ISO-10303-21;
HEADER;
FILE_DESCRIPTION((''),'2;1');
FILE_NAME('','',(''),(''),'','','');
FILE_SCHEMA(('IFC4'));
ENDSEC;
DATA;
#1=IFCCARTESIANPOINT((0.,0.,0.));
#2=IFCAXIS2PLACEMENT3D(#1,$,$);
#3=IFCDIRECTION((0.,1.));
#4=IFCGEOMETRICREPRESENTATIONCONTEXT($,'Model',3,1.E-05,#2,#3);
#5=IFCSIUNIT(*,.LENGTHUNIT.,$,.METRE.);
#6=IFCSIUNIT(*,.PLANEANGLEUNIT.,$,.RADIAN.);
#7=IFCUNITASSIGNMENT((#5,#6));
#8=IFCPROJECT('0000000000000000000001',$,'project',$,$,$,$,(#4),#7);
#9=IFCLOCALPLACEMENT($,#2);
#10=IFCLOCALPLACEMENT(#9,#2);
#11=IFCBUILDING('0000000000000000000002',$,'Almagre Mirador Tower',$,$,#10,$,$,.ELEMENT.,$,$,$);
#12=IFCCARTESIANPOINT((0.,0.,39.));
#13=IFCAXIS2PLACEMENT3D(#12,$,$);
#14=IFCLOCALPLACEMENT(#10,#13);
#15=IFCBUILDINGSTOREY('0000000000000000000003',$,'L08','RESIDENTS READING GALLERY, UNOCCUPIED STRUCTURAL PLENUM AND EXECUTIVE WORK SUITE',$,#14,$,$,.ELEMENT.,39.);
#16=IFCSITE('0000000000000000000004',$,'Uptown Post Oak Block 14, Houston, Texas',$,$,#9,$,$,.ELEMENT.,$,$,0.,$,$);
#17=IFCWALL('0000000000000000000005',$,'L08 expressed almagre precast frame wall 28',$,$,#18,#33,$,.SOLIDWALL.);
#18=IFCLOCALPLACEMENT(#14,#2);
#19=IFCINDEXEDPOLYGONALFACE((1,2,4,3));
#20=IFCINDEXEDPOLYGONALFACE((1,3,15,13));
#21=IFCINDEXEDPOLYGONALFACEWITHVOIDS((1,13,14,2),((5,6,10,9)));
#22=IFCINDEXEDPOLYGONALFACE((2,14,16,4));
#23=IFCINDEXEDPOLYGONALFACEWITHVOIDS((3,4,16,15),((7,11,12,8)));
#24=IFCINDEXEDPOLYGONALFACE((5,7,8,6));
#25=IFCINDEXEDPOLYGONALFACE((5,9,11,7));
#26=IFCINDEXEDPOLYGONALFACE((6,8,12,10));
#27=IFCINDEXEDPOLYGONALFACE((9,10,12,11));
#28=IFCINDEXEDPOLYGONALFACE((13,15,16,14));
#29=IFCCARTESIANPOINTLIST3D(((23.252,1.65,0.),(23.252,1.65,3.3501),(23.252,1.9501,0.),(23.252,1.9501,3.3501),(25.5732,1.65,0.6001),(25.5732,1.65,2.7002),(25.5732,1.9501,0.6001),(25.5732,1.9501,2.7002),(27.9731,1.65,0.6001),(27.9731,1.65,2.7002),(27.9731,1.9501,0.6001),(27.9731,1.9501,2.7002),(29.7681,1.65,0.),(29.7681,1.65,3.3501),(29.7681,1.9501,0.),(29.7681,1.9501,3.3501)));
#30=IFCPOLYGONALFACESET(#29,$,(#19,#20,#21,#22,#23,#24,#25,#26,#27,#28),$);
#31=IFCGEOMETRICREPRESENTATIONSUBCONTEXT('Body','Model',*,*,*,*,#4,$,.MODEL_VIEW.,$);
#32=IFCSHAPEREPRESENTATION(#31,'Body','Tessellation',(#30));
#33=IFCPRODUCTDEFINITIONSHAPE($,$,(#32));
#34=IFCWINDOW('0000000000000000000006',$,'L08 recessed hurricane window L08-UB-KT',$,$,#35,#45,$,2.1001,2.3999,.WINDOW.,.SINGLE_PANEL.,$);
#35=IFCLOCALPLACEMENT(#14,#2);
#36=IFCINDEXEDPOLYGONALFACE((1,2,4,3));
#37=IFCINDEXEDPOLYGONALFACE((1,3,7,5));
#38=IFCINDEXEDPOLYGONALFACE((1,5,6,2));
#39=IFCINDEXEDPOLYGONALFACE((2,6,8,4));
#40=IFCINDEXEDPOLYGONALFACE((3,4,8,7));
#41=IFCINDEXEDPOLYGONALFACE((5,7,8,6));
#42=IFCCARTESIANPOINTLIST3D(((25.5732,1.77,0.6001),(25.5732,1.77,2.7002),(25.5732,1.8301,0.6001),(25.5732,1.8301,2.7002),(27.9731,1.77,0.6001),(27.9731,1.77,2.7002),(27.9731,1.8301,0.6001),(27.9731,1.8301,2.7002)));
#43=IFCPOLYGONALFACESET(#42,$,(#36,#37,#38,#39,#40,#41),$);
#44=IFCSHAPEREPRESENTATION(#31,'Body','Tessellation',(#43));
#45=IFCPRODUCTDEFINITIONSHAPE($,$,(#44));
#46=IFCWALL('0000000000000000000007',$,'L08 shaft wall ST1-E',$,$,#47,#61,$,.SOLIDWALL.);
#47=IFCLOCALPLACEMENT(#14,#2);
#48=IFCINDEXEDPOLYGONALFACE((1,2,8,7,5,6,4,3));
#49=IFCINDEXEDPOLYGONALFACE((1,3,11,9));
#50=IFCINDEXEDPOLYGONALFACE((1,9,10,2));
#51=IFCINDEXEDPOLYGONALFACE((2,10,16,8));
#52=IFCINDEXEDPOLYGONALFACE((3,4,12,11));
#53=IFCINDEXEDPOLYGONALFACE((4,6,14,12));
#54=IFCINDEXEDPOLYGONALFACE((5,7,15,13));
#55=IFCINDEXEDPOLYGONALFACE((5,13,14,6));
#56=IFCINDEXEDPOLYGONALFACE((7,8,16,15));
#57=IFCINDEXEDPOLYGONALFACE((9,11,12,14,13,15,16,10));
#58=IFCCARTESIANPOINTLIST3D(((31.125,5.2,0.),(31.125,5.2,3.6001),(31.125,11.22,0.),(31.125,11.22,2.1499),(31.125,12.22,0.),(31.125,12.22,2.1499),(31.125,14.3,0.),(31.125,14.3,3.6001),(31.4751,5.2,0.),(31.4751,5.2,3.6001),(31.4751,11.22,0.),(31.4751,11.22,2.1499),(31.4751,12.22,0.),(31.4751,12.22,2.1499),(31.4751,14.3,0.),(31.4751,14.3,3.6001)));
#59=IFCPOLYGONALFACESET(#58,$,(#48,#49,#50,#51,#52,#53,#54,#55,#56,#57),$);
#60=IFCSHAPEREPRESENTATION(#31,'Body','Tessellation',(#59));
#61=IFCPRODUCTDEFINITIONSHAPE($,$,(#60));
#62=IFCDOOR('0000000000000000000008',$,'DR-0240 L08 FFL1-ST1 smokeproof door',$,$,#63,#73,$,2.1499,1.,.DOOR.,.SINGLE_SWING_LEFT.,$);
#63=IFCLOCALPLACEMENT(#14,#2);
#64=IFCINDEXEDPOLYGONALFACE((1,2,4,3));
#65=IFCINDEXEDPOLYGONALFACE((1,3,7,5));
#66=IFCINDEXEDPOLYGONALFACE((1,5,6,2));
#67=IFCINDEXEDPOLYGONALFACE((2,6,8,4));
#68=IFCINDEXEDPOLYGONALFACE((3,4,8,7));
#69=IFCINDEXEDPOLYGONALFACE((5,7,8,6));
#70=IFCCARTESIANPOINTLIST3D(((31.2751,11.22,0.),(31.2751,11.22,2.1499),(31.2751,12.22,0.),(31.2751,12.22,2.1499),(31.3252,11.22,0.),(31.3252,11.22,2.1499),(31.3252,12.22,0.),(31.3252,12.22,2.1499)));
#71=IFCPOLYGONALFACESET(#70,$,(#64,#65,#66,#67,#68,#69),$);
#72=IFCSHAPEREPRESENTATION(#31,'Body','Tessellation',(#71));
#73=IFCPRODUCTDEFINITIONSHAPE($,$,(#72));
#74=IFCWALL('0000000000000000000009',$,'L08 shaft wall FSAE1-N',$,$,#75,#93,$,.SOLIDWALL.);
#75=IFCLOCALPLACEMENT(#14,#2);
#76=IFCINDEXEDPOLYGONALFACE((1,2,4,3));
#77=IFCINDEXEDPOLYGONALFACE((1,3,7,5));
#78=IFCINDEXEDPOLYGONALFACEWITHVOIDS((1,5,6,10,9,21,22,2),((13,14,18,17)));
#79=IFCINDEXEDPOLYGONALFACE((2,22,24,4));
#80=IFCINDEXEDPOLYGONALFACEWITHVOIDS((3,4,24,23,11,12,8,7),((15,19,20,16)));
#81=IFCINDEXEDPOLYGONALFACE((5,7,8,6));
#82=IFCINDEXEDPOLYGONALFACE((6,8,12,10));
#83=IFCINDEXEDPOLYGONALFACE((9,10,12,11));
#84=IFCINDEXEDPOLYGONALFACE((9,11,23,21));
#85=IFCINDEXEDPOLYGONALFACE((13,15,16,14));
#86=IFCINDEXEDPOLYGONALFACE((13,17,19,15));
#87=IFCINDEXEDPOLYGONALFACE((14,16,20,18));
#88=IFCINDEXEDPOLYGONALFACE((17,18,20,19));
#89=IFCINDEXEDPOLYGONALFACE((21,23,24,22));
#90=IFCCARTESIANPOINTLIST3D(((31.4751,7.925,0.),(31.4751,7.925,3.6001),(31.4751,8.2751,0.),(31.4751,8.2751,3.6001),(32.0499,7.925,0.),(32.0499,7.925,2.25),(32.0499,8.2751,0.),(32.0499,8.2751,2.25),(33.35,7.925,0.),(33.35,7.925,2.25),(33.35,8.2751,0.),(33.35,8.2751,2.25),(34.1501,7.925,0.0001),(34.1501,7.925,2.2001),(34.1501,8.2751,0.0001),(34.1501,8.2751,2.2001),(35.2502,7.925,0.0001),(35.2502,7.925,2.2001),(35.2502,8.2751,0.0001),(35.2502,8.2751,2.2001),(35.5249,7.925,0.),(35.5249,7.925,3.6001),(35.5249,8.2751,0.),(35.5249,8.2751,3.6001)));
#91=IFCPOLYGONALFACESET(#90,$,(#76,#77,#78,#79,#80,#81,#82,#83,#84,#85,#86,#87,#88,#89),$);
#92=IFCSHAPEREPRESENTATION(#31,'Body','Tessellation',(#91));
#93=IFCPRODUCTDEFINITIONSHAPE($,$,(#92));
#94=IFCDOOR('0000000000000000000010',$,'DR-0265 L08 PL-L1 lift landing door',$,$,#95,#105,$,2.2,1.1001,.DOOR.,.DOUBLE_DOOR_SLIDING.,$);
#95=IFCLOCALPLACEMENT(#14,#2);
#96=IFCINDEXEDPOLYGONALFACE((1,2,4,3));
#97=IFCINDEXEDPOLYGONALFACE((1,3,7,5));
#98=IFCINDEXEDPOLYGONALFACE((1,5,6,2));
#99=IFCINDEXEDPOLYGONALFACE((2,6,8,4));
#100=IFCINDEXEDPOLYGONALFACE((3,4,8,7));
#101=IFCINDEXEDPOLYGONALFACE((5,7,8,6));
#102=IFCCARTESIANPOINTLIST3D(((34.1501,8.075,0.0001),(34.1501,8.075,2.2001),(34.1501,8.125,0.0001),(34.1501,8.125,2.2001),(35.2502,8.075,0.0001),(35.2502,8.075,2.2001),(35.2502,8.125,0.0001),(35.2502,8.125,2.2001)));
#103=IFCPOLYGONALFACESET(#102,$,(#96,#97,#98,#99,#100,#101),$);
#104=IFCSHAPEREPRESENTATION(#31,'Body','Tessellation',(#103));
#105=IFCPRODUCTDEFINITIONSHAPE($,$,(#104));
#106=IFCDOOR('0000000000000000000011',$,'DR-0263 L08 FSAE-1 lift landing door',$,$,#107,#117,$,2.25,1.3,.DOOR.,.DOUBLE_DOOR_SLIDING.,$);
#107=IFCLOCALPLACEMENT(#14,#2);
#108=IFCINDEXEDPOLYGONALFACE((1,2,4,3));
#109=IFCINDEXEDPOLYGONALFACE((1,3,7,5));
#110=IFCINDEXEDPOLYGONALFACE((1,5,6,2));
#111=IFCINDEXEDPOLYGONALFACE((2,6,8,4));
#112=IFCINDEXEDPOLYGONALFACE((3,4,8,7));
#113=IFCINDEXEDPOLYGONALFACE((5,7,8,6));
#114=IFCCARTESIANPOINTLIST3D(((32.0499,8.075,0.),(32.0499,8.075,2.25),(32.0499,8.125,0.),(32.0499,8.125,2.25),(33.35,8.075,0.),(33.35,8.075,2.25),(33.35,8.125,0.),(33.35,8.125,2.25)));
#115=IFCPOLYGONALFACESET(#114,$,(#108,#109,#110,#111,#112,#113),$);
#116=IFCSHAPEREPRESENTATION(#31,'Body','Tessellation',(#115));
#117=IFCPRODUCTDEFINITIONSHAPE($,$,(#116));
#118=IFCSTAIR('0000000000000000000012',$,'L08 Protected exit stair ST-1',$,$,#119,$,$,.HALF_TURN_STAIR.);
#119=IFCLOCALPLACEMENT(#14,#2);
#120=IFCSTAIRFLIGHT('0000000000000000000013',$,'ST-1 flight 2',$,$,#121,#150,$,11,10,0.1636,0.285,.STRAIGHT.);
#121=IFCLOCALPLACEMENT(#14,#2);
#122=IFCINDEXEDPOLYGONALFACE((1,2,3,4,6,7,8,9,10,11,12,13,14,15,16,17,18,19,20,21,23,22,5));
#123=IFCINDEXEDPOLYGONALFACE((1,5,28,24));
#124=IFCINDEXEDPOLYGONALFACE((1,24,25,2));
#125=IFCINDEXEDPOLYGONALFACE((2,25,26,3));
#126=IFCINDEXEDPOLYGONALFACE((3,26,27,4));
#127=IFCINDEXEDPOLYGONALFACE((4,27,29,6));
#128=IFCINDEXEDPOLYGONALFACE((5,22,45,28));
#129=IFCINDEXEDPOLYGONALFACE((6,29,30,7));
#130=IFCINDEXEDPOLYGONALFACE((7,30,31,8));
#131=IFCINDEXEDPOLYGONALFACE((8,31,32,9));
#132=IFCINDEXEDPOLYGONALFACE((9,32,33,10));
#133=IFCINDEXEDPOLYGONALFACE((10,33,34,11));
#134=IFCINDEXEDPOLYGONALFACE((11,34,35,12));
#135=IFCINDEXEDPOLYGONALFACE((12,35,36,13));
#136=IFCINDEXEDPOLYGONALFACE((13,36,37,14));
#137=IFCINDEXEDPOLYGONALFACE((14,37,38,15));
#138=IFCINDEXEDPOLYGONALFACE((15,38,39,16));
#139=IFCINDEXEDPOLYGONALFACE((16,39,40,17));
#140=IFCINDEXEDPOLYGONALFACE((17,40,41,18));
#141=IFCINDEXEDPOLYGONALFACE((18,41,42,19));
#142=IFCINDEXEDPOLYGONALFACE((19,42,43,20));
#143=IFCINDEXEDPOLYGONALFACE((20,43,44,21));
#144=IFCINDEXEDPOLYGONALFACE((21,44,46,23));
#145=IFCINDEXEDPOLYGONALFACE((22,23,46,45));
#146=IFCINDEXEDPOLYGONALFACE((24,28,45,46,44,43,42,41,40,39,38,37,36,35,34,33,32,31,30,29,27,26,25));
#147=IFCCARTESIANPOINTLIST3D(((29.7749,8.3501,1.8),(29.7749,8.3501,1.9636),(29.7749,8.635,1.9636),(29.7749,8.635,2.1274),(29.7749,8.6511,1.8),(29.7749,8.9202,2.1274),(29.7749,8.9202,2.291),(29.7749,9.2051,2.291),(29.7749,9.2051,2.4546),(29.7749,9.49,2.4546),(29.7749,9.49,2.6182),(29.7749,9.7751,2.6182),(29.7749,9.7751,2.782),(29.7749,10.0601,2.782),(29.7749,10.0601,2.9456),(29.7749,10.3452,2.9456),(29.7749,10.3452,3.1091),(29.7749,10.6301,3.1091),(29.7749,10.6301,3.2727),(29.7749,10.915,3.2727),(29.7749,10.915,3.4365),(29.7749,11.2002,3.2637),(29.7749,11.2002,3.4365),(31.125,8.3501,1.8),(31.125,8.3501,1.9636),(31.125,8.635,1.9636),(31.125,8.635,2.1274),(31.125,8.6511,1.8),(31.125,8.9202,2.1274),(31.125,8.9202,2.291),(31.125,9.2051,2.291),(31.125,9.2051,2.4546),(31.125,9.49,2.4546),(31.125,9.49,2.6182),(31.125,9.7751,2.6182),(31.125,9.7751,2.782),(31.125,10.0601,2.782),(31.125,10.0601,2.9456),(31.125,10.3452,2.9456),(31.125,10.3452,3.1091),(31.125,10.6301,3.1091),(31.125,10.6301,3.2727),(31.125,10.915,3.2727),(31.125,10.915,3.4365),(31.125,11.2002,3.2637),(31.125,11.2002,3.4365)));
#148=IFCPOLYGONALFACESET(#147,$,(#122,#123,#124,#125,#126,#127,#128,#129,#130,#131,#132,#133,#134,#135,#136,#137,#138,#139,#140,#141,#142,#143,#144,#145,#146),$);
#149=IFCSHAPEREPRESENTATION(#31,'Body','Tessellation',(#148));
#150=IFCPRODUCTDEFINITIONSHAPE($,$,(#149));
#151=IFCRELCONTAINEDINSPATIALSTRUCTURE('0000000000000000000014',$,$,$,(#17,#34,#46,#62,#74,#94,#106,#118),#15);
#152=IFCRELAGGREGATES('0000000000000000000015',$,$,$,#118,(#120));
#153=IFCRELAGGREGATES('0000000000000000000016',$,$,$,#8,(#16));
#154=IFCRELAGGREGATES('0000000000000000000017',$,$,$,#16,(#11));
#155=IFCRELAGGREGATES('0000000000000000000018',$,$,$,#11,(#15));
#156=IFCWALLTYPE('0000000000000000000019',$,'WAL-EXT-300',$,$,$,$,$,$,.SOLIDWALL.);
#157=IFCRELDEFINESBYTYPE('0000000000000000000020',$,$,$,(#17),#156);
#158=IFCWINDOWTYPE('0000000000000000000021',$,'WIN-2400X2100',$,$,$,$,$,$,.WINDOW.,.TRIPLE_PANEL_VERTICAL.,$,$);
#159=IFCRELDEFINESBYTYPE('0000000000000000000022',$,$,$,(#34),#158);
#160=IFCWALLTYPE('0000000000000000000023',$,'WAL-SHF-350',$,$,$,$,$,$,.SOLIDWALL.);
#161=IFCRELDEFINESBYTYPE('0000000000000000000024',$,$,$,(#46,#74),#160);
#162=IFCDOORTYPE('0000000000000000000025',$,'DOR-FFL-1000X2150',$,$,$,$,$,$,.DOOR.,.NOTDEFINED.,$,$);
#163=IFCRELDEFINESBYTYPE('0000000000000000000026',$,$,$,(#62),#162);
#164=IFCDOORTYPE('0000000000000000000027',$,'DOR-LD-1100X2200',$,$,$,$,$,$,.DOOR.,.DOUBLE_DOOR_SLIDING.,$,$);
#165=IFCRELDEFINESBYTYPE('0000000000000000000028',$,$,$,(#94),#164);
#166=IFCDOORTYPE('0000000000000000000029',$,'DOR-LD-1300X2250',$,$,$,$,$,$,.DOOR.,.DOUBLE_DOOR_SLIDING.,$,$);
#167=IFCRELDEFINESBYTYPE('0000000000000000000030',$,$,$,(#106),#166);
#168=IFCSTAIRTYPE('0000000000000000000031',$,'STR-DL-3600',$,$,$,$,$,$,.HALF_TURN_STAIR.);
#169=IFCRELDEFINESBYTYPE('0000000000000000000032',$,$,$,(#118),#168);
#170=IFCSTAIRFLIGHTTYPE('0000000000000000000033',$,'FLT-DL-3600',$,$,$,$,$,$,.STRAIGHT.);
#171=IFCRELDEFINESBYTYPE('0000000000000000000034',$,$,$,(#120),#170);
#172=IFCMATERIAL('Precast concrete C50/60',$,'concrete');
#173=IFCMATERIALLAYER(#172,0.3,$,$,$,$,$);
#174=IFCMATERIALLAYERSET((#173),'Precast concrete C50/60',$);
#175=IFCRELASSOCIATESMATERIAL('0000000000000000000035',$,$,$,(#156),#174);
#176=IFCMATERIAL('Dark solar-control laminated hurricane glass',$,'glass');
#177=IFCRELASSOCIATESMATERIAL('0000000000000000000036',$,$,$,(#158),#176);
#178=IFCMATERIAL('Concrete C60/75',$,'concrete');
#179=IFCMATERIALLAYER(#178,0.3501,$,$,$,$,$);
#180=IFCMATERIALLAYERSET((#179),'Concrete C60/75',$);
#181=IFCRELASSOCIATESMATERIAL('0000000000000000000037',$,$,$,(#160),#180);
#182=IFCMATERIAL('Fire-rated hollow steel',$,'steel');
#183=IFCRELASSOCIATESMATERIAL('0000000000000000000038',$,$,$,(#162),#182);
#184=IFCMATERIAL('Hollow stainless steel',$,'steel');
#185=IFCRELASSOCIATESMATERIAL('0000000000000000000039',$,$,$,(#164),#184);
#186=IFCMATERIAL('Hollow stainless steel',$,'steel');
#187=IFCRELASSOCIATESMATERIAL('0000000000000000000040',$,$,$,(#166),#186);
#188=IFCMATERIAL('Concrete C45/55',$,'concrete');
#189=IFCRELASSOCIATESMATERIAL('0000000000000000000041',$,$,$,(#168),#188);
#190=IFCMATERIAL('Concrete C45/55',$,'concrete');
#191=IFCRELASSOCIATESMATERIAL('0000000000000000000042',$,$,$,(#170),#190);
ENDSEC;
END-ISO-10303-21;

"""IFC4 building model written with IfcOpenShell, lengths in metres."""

from ifc_helpers import new_model, si_unit, direction, frame, frame_2d, origin, place, context, subcontext, project, spatial, polyline, rectangle, outline, extrude, material, layer, layer_set, type_object, element, fill, aggregate, save


model = new_model("IFC4")

# Units and contexts
model_context = context("Model", 3, precision=1e-05, world=origin(), true_north=direction((0.0, 1.0)))
body_context = subcontext(model_context, "Body", "Model", "MODEL_VIEW")
ifc_project = project(units=[si_unit("LENGTHUNIT", "METRE"), si_unit("PLANEANGLEUNIT", "RADIAN")], contexts=[model_context])

# Site, building, storey
site_placement = place(None, origin())
site = spatial("IfcSite", under=ifc_project, at=site_placement, Name="Uptown Post Oak Block 14, Houston, Texas", CompositionType="ELEMENT", RefElevation=0.0)
building_placement = place(site_placement, origin())
building = spatial("IfcBuilding", under=site, at=building_placement, Name="Almagre Mirador Tower", CompositionType="ELEMENT")
storey_placement = place(building_placement, frame((0.0, 0.0, 39.0)))
storey = spatial("IfcBuildingStorey", under=building, at=storey_placement, Name="L08", Description="RESIDENTS READING GALLERY, UNOCCUPIED STRUCTURAL PLENUM AND EXECUTIVE WORK SUITE", CompositionType="ELEMENT", Elevation=39.0)

# Shared definitions
ifc_material_1 = material(Name="Precast concrete C50/60", Category="concrete")
ifc_layer_1 = layer(ifc_material_1, 0.3)
ifc_layer_set_1 = layer_set([ifc_layer_1], Name="Precast concrete C50/60")
wall_type_1 = type_object("IfcWallType", Name="WAL-EXT-300", PredefinedType="SOLIDWALL", material=ifc_layer_set_1)

# Wall, opening, window
wall_1_placement = place(storey_placement, frame((29.7681, 1.8, 0.0), z_axis=(0.0, 0.0, 1.0), x_axis=(-1.0, 0.0, 0.0)))
wall_1 = element("IfcWall", 1, at=wall_1_placement, inside=storey, type_object=wall_type_1, Name="L08 expressed almagre precast frame wall 28", PredefinedType="SOLIDWALL", context=body_context, shape_type="SweptSolid", body=[
    extrude(rectangle(XDim=6.5161, YDim=0.3, at=frame_2d((3.2581, 0.0))), origin(), (0.0, 0.0, 1.0), 3.3501),
])
opening_1_placement = place(wall_1_placement, frame((1.7949, 0.0, 0.6001)))
opening_1 = element("IfcOpeningElement", 2, at=opening_1_placement, cuts=wall_1, PredefinedType="OPENING", context=body_context, shape_type="SweptSolid", body=[
    extrude(rectangle(XDim=2.3999, YDim=2.1001, at=frame_2d((1.2, 1.05))), frame((0.0, 0.1599, 0.0), z_axis=(0.0, -1.0, 0.0), x_axis=(1.0, 0.0, 0.0)), (0.0, 0.0, 1.0), 0.32),
])
ifc_material_2 = material(Name="Dark solar-control laminated hurricane glass", Category="glass")
window_type = type_object("IfcWindowType", Name="WIN-2400X2100", PartitioningType="TRIPLE_PANEL_VERTICAL", PredefinedType="WINDOW", material=ifc_material_2)
window_placement = place(opening_1_placement, origin())
window = element("IfcWindow", 3, at=window_placement, inside=storey, type_object=window_type, Name="L08 recessed hurricane window L08-UB-KT", OverallHeight=2.1001, OverallWidth=2.3999, PartitioningType="SINGLE_PANEL", PredefinedType="WINDOW", context=body_context, shape_type="SweptSolid", body=[
    extrude(rectangle(XDim=2.3999, YDim=2.1001, at=frame_2d((1.2, 1.05))), frame((0.0, 0.03, 0.0), z_axis=(0.0, -1.0, 0.0), x_axis=(1.0, 0.0, 0.0)), (0.0, 0.0, 1.0), 0.0601),
])
fill(opening_1, window)

# Wall, opening, door
ifc_material_3 = material(Name="Concrete C60/75", Category="concrete")
ifc_layer_2 = layer(ifc_material_3, 0.3501)
ifc_layer_set_2 = layer_set([ifc_layer_2], Name="Concrete C60/75")
wall_type_2 = type_object("IfcWallType", Name="WAL-SHF-350", PredefinedType="SOLIDWALL", material=ifc_layer_set_2)
wall_2_placement = place(storey_placement, frame((31.3, 5.2, 0.0), z_axis=(0.0, 0.0, 1.0), x_axis=(0.0, 1.0, 0.0)))
wall_2 = element("IfcWall", 4, at=wall_2_placement, inside=storey, type_object=wall_type_2, Name="L08 shaft wall ST1-E", PredefinedType="SOLIDWALL", context=body_context, shape_type="SweptSolid", body=[
    extrude(rectangle(XDim=9.1001, YDim=0.3501, at=frame_2d((4.55, 0.0))), origin(), (0.0, 0.0, 1.0), 3.6001),
])
opening_2_placement = place(wall_2_placement, frame((6.02, 0.0, 0.0)))
opening_2 = element("IfcOpeningElement", 5, at=opening_2_placement, cuts=wall_2, PredefinedType="OPENING", context=body_context, shape_type="SweptSolid", body=[
    extrude(rectangle(XDim=1.0, YDim=2.1499, at=frame_2d((0.5, 1.075))), frame((0.0, 0.185, 0.0), z_axis=(0.0, -1.0, 0.0), x_axis=(1.0, 0.0, 0.0)), (0.0, 0.0, 1.0), 0.3701),
])
ifc_material_4 = material(Name="Fire-rated hollow steel", Category="steel")
door_type_1 = type_object("IfcDoorType", Name="DOR-FFL-1000X2150", OperationType="NOTDEFINED", PredefinedType="DOOR", material=ifc_material_4)
door_1_placement = place(opening_2_placement, origin())
door_1 = element("IfcDoor", 6, at=door_1_placement, inside=storey, type_object=door_type_1, Name="DR-0240 L08 FFL1-ST1 smokeproof door", OperationType="SINGLE_SWING_LEFT", OverallHeight=2.1499, OverallWidth=1.0, PredefinedType="DOOR", context=body_context, shape_type="SweptSolid", body=[
    extrude(rectangle(XDim=1.0, YDim=2.1499, at=frame_2d((0.5, 1.075))), frame((0.0, 0.0249, 0.0), z_axis=(0.0, -1.0, 0.0), x_axis=(1.0, 0.0, 0.0)), (0.0, 0.0, 1.0), 0.05),
])
fill(opening_2, door_1)

# Wall, openings, doors
wall_3_placement = place(storey_placement, frame((31.4751, 8.1001, 0.0), z_axis=(0.0, 0.0, 1.0), x_axis=(1.0, 0.0, 0.0)))
wall_3 = element("IfcWall", 7, at=wall_3_placement, inside=storey, type_object=wall_type_2, Name="L08 shaft wall FSAE1-N", PredefinedType="SOLIDWALL", context=body_context, shape_type="SweptSolid", body=[
    extrude(rectangle(XDim=4.0498, YDim=0.3501, at=frame_2d((2.0249, 0.0))), origin(), (0.0, 0.0, 1.0), 3.6001),
])
opening_3_placement = place(wall_3_placement, frame((0.575, 0.0, 0.0)))
opening_3 = element("IfcOpeningElement", 8, at=opening_3_placement, cuts=wall_3, PredefinedType="OPENING", context=body_context, shape_type="SweptSolid", body=[
    extrude(rectangle(XDim=1.3, YDim=2.25, at=frame_2d((0.6499, 1.125))), frame((0.0, 0.185, 0.0), z_axis=(0.0, -1.0, 0.0), x_axis=(1.0, 0.0, 0.0)), (0.0, 0.0, 1.0), 0.3701),
])
opening_4_placement = place(wall_3_placement, frame((2.675, 0.0, 0.0)))
opening_4 = element("IfcOpeningElement", 9, at=opening_4_placement, cuts=wall_3, PredefinedType="OPENING", context=body_context, shape_type="SweptSolid", body=[
    extrude(rectangle(XDim=1.1001, YDim=2.2, at=frame_2d((0.55, 1.1001))), frame((0.0, 0.185, 0.0), z_axis=(0.0, -1.0, 0.0), x_axis=(1.0, 0.0, 0.0)), (0.0, 0.0, 1.0), 0.3701),
])
ifc_material_5 = material(Name="Hollow stainless steel", Category="steel")
door_type_2 = type_object("IfcDoorType", Name="DOR-LD-1100X2200", OperationType="DOUBLE_DOOR_SLIDING", PredefinedType="DOOR", material=ifc_material_5)
door_2_placement = place(opening_4_placement, origin())
door_2 = element("IfcDoor", 10, at=door_2_placement, inside=storey, type_object=door_type_2, Name="DR-0265 L08 PL-L1 lift landing door", OperationType="DOUBLE_DOOR_SLIDING", OverallHeight=2.2, OverallWidth=1.1001, PredefinedType="DOOR", context=body_context, shape_type="SweptSolid", body=[
    extrude(rectangle(XDim=1.1001, YDim=2.2, at=frame_2d((0.55, 1.1001))), frame((0.0, 0.0249, 0.0), z_axis=(0.0, -1.0, 0.0), x_axis=(1.0, 0.0, 0.0)), (0.0, 0.0, 1.0), 0.05),
])
fill(opening_4, door_2)
ifc_material_6 = material(Name="Hollow stainless steel", Category="steel")
door_type_3 = type_object("IfcDoorType", Name="DOR-LD-1300X2250", OperationType="DOUBLE_DOOR_SLIDING", PredefinedType="DOOR", material=ifc_material_6)
door_3_placement = place(opening_3_placement, origin())
door_3 = element("IfcDoor", 11, at=door_3_placement, inside=storey, type_object=door_type_3, Name="DR-0263 L08 FSAE-1 lift landing door", OperationType="DOUBLE_DOOR_SLIDING", OverallHeight=2.25, OverallWidth=1.3, PredefinedType="DOOR", context=body_context, shape_type="SweptSolid", body=[
    extrude(rectangle(XDim=1.3, YDim=2.25, at=frame_2d((0.6499, 1.125))), frame((0.0, 0.0249, 0.0), z_axis=(0.0, -1.0, 0.0), x_axis=(1.0, 0.0, 0.0)), (0.0, 0.0, 1.0), 0.05),
])
fill(opening_3, door_3)

# Stair, stair flight
ifc_material_7 = material(Name="Concrete C45/55", Category="concrete")
stair_type = type_object("IfcStairType", Name="STR-DL-3600", PredefinedType="HALF_TURN_STAIR", material=ifc_material_7)
stair_placement = place(storey_placement, origin())
stair = element("IfcStair", 12, at=stair_placement, inside=storey, type_object=stair_type, Name="L08 Protected exit stair ST-1", PredefinedType="HALF_TURN_STAIR")
ifc_material_8 = material(Name="Concrete C45/55", Category="concrete")
stair_flight_type = type_object("IfcStairFlightType", Name="FLT-DL-3600", PredefinedType="STRAIGHT", material=ifc_material_8)
stair_flight_placement = place(storey_placement, frame((30.45, 8.3501, 1.8), z_axis=(0.0, 0.0, 1.0), x_axis=(0.0, 1.0, 0.0)))
stair_flight = element("IfcStairFlight", 13, at=stair_flight_placement, type_object=stair_flight_type, Name="ST-1 flight 2", NumberOfRisers=11, NumberOfTreads=10, PredefinedType="STRAIGHT", RiserHeight=0.1636, TreadLength=0.285, context=body_context, shape_type="SweptSolid", body=[
    extrude(outline(polyline([(0.0, 0.0), (0.0, 0.1636), (0.2849, 0.1636), (0.2849, 0.3274), (0.5701, 0.3274), (0.5701, 0.491), (0.855, 0.491), (0.855, 0.6545), (1.1399, 0.6545), (1.1399, 0.8181), (1.425, 0.8181), (1.425, 0.9819), (1.71, 0.9819), (1.71, 1.1455), (1.9951, 1.1455), (1.9951, 1.3091), (2.28, 1.3091), (2.28, 1.4727), (2.5649, 1.4727), (2.5649, 1.6365), (2.8501, 1.6365), (2.8501, 1.8), (2.8501, 1.4636), (0.301, 0.0), (0.0, 0.0)])), frame((0.0, 0.675, 0.0), z_axis=(0.0, -1.0, 0.0), x_axis=(1.0, 0.0, 0.0)), (0.0, 0.0, 1.0), 1.3501),
])
aggregate(stair, [stair_flight])

save(model, "model.ifc")
